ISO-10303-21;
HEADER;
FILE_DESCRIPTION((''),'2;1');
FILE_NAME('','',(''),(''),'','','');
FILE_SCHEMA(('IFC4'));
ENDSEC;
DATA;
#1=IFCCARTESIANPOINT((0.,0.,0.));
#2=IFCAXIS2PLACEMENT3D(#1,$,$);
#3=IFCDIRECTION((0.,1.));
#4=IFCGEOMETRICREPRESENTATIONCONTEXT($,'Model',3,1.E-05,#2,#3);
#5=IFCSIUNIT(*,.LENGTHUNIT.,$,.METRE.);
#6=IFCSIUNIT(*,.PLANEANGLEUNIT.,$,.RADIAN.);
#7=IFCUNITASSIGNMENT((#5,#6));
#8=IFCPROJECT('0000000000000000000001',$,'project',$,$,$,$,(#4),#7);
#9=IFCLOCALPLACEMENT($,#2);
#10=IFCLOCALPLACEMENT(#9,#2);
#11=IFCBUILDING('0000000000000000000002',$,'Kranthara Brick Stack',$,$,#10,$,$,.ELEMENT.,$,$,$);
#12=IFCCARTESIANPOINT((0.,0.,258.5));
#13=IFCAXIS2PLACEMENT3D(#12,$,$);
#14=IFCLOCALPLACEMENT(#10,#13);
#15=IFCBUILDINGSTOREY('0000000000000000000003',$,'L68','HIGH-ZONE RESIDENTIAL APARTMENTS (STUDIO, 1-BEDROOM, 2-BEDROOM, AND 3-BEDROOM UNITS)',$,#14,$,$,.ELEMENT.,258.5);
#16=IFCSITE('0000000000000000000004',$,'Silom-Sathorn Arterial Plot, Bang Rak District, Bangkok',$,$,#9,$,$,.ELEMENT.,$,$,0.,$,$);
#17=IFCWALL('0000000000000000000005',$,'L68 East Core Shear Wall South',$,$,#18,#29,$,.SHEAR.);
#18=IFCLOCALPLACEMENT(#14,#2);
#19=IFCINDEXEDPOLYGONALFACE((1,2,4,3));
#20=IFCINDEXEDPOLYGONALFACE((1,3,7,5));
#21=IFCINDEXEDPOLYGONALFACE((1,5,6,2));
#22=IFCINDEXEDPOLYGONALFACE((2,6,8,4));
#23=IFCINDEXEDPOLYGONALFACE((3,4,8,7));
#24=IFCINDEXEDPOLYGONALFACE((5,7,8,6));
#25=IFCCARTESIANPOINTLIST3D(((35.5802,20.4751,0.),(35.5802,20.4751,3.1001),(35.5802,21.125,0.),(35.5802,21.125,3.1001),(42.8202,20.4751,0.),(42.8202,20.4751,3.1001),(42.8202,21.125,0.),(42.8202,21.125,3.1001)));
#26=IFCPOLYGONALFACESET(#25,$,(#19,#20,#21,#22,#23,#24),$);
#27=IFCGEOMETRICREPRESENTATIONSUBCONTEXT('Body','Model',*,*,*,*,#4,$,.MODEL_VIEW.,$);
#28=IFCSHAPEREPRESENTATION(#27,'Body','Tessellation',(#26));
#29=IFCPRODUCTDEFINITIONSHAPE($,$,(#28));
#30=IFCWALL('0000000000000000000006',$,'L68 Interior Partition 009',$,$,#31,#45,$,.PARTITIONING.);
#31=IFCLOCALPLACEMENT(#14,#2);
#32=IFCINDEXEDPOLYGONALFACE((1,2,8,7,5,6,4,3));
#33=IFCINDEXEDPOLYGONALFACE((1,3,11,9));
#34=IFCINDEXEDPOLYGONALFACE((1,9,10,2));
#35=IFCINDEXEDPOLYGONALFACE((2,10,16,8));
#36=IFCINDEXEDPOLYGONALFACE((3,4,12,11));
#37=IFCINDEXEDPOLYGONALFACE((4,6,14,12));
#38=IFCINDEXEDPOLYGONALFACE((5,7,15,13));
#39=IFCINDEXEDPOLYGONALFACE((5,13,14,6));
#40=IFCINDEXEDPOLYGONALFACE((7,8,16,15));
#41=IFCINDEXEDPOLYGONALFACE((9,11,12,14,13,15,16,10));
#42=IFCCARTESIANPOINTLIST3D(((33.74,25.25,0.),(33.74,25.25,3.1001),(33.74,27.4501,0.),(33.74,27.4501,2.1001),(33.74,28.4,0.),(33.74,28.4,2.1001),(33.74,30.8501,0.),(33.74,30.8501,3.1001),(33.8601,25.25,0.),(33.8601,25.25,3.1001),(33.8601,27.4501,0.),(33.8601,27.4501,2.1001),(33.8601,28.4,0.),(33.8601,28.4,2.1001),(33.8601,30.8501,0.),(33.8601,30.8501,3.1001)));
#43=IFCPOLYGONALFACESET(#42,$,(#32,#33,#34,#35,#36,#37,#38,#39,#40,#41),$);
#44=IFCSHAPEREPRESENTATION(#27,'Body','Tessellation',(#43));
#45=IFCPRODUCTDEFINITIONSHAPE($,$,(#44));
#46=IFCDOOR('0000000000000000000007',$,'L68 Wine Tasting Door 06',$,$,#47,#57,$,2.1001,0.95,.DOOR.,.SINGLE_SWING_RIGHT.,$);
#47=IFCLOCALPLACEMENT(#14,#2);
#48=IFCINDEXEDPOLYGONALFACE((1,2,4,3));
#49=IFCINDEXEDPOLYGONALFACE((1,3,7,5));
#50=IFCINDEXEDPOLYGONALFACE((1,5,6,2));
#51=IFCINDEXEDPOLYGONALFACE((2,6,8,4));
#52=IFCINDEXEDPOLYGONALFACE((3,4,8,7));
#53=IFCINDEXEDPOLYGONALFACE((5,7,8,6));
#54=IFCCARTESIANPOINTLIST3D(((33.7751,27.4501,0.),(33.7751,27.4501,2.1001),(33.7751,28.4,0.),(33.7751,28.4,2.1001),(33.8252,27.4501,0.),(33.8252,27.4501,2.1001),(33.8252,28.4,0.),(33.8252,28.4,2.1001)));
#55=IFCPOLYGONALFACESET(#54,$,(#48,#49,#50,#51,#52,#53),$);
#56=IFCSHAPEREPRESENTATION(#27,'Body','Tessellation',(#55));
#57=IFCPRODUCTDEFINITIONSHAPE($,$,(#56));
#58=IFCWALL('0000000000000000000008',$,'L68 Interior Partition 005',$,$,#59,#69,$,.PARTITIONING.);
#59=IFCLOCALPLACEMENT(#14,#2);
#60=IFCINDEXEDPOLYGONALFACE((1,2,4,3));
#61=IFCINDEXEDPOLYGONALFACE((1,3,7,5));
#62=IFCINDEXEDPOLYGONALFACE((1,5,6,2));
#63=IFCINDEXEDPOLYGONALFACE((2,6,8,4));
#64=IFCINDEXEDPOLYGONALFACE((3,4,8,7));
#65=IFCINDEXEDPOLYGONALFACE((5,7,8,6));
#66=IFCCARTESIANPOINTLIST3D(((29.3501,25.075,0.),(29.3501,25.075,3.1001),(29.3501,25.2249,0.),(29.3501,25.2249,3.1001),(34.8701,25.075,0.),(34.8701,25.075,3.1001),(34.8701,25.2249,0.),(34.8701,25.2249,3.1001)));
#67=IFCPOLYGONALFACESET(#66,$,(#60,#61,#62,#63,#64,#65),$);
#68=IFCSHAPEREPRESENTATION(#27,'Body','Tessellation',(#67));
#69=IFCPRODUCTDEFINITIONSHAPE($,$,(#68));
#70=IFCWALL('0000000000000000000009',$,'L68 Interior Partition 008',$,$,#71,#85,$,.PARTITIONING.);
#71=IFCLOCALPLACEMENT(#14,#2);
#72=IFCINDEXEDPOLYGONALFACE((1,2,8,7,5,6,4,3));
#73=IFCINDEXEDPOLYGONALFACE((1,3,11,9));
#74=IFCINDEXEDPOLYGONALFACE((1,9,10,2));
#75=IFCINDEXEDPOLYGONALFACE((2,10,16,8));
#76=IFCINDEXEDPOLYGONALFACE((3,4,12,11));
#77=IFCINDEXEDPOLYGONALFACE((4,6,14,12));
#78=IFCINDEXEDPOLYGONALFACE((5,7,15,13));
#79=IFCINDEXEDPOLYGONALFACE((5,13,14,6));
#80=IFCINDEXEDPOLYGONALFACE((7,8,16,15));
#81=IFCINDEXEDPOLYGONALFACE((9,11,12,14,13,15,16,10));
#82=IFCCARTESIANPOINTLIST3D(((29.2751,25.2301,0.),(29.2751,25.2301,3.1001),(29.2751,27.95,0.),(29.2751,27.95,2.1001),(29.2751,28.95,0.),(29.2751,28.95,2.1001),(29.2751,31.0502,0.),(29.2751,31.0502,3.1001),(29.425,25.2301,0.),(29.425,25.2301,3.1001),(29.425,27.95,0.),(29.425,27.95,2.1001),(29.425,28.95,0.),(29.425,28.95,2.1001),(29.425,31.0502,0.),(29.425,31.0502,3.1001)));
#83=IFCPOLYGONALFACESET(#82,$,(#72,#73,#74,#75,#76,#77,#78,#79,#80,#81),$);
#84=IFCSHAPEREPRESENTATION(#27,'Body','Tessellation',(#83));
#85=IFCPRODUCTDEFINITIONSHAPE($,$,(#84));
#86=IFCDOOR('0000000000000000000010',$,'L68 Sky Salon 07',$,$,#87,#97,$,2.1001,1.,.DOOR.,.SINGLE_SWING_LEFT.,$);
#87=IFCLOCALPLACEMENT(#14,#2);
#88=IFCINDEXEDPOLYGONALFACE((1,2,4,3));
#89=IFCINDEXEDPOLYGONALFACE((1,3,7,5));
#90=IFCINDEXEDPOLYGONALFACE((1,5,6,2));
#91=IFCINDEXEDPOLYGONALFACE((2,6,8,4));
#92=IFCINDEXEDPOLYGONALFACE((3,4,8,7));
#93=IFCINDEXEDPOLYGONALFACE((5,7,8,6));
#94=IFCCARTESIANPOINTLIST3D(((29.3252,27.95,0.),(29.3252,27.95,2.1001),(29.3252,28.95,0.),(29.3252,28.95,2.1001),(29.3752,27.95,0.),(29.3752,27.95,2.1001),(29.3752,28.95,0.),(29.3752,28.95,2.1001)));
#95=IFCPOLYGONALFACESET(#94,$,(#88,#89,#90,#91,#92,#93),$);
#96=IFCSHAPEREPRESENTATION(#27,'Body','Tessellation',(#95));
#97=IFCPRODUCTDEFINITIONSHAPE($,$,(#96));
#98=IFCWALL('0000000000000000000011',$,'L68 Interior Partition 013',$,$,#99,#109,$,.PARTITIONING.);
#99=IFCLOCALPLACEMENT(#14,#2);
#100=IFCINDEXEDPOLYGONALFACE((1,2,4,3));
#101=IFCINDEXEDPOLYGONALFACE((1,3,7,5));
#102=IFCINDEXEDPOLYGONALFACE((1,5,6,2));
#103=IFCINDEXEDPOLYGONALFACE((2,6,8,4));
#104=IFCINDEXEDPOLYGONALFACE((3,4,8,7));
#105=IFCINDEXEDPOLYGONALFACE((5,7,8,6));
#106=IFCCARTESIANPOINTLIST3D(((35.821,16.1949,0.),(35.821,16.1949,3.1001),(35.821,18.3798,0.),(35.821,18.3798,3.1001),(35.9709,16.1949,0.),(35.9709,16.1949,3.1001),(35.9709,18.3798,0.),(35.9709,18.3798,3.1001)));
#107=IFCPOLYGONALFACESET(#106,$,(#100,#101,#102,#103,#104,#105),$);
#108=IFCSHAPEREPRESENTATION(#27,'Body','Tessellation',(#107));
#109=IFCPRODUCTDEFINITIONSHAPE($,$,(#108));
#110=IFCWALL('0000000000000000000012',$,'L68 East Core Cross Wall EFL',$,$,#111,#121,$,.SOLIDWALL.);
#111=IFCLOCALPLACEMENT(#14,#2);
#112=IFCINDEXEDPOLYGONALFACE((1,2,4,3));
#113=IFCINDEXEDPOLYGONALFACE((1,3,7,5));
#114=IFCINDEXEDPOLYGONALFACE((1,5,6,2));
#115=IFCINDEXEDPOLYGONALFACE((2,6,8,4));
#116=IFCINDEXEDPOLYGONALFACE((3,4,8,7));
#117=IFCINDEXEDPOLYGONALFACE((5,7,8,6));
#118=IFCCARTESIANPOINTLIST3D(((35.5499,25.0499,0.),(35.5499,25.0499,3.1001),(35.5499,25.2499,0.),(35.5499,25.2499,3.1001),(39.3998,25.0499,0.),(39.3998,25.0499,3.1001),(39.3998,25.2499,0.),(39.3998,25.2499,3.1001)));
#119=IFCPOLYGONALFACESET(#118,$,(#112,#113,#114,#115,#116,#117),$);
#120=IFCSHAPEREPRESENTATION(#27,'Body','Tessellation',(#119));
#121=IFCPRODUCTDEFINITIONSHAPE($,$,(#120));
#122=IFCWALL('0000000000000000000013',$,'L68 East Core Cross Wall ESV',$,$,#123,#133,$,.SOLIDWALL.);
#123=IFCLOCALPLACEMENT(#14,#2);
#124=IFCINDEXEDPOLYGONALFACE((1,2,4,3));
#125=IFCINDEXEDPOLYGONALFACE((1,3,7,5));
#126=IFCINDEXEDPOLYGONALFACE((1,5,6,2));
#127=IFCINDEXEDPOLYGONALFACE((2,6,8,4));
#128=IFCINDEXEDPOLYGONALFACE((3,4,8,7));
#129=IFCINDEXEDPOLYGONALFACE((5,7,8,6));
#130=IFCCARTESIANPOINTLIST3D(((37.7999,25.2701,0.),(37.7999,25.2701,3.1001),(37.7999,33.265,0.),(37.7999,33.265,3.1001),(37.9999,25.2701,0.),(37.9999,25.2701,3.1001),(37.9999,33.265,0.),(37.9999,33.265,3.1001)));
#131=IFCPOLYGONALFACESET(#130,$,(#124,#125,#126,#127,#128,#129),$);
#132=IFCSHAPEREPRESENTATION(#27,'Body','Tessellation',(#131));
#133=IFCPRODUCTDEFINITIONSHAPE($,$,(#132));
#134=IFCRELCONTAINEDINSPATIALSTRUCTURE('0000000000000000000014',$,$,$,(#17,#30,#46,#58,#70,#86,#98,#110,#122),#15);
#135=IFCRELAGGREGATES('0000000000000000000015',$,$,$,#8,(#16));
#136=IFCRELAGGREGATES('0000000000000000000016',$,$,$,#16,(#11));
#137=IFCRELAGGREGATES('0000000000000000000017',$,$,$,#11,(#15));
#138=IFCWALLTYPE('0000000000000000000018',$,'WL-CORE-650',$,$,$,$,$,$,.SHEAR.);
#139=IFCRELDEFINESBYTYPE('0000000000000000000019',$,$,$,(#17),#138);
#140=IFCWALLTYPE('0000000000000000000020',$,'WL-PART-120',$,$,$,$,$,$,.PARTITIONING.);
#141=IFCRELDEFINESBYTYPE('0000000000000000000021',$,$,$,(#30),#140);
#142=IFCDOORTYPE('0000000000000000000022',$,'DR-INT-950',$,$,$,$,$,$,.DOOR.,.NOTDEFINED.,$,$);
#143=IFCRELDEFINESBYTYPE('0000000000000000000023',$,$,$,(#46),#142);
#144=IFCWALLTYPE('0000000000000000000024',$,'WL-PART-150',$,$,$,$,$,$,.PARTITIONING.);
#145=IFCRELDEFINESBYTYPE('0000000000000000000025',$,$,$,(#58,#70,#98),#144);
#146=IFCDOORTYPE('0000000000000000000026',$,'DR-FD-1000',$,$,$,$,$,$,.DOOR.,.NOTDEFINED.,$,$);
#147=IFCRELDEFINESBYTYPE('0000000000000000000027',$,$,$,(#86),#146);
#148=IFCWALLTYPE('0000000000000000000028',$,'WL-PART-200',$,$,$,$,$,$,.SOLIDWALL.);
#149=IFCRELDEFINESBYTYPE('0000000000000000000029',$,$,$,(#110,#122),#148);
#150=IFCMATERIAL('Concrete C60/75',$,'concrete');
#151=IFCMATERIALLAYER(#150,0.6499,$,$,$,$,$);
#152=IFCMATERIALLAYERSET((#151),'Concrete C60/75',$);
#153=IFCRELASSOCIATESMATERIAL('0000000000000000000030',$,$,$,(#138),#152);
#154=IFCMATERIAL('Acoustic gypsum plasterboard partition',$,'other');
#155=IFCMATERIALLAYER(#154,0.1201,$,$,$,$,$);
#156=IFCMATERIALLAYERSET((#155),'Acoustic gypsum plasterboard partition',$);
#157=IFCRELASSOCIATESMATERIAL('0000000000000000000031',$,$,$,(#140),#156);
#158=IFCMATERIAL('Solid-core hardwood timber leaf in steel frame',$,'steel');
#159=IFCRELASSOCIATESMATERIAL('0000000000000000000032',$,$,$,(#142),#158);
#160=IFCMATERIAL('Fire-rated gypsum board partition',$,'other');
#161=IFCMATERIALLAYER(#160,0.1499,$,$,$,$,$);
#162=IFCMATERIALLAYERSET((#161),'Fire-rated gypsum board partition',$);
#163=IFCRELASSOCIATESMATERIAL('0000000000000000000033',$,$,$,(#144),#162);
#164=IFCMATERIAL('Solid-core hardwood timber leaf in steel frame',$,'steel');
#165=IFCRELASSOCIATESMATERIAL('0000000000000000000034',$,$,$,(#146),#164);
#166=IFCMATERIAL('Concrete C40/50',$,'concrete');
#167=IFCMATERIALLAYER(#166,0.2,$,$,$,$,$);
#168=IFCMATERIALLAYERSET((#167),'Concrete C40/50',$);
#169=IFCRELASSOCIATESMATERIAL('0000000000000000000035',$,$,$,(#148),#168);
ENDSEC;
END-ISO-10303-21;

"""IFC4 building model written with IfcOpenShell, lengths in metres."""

from ifc_helpers import new_model, si_unit, direction, frame, frame_2d, origin, place, context, subcontext, project, spatial, rectangle, extrude, material, layer, layer_set, type_object, element, fill, save


model = new_model("IFC4")

# Units and contexts
model_context = context("Model", 3, precision=1e-05, world=origin(), true_north=direction((0.0, 1.0)))
body_context = subcontext(model_context, "Body", "Model", "MODEL_VIEW")
ifc_project = project(units=[si_unit("LENGTHUNIT", "METRE"), si_unit("PLANEANGLEUNIT", "RADIAN")], contexts=[model_context])

# Site, building, storey
site_placement = place(None, origin())
site = spatial("IfcSite", under=ifc_project, at=site_placement, Name="Silom-Sathorn Arterial Plot, Bang Rak District, Bangkok", CompositionType="ELEMENT", RefElevation=0.0)
building_placement = place(site_placement, origin())
building = spatial("IfcBuilding", under=site, at=building_placement, Name="Kranthara Brick Stack", CompositionType="ELEMENT")
storey_placement = place(building_placement, frame((0.0, 0.0, 258.5)))
storey = spatial("IfcBuildingStorey", under=building, at=storey_placement, Name="L68", Description="HIGH-ZONE RESIDENTIAL APARTMENTS (STUDIO, 1-BEDROOM, 2-BEDROOM, AND 3-BEDROOM UNITS)", CompositionType="ELEMENT", Elevation=258.5)

# Wall
ifc_material_1 = material(Name="Concrete C60/75", Category="concrete")
ifc_layer_1 = layer(ifc_material_1, 0.6499)
ifc_layer_set_1 = layer_set([ifc_layer_1], Name="Concrete C60/75")
wall_type_1 = type_object("IfcWallType", Name="WL-CORE-650", PredefinedType="SHEAR", material=ifc_layer_set_1)
wall_1_placement = place(storey_placement, frame((35.5801, 20.8, 0.0), z_axis=(0.0, 0.0, 1.0), x_axis=(1.0, 0.0, 0.0)))
element("IfcWall", 1, at=wall_1_placement, inside=storey, type_object=wall_type_1, Name="L68 East Core Shear Wall South", PredefinedType="SHEAR", context=body_context, shape_type="SweptSolid", body=[
    extrude(rectangle(XDim=7.24, YDim=0.6499, at=frame_2d((3.6201, 0.0))), origin(), (0.0, 0.0, 1.0), 3.1001),
])

# Wall, opening, door
ifc_material_2 = material(Name="Acoustic gypsum plasterboard partition", Category="other")
ifc_layer_2 = layer(ifc_material_2, 0.1201)
ifc_layer_set_2 = layer_set([ifc_layer_2], Name="Acoustic gypsum plasterboard partition")
wall_type_2 = type_object("IfcWallType", Name="WL-PART-120", PredefinedType="PARTITIONING", material=ifc_layer_set_2)
wall_2_placement = place(storey_placement, frame((33.8, 25.25, 0.0), z_axis=(0.0, 0.0, 1.0), x_axis=(0.0, 1.0, 0.0)))
wall_2 = element("IfcWall", 2, at=wall_2_placement, inside=storey, type_object=wall_type_2, Name="L68 Interior Partition 009", PredefinedType="PARTITIONING", context=body_context, shape_type="SweptSolid", body=[
    extrude(rectangle(XDim=5.6001, YDim=0.1201, at=frame_2d((2.8, 0.0))), origin(), (0.0, 0.0, 1.0), 3.1001),
])
opening_1_placement = place(wall_2_placement, frame((2.2, 0.0, 0.0)))
opening_1 = element("IfcOpeningElement", 3, at=opening_1_placement, cuts=wall_2, PredefinedType="OPENING", context=body_context, shape_type="SweptSolid", body=[
    extrude(rectangle(XDim=0.95, YDim=2.1001, at=frame_2d((0.4751, 1.05))), frame((0.0, 0.0701, 0.0), z_axis=(0.0, -1.0, 0.0), x_axis=(1.0, 0.0, 0.0)), (0.0, 0.0, 1.0), 0.1401),
])
ifc_material_3 = material(Name="Solid-core hardwood timber leaf in steel frame", Category="steel")
door_type_1 = type_object("IfcDoorType", Name="DR-INT-950", OperationType="NOTDEFINED", PredefinedType="DOOR", material=ifc_material_3)
door_1_placement = place(opening_1_placement, origin())
door_1 = element("IfcDoor", 4, at=door_1_placement, inside=storey, type_object=door_type_1, Name="L68 Wine Tasting Door 06", OperationType="SINGLE_SWING_RIGHT", OverallHeight=2.1001, OverallWidth=0.95, PredefinedType="DOOR", context=body_context, shape_type="SweptSolid", body=[
    extrude(rectangle(XDim=0.95, YDim=2.1001, at=frame_2d((0.4751, 1.05))), frame((0.0, 0.0249, 0.0), z_axis=(0.0, -1.0, 0.0), x_axis=(1.0, 0.0, 0.0)), (0.0, 0.0, 1.0), 0.05),
])
fill(opening_1, door_1)

# Wall
ifc_material_4 = material(Name="Fire-rated gypsum board partition", Category="other")
ifc_layer_3 = layer(ifc_material_4, 0.1499)
ifc_layer_set_3 = layer_set([ifc_layer_3], Name="Fire-rated gypsum board partition")
wall_type_3 = type_object("IfcWallType", Name="WL-PART-150", PredefinedType="PARTITIONING", material=ifc_layer_set_3)
wall_3_placement = place(storey_placement, frame((29.3501, 25.1499, 0.0), z_axis=(0.0, 0.0, 1.0), x_axis=(1.0, 0.0, 0.0)))
element("IfcWall", 5, at=wall_3_placement, inside=storey, type_object=wall_type_3, Name="L68 Interior Partition 005", PredefinedType="PARTITIONING", context=body_context, shape_type="SweptSolid", body=[
    extrude(rectangle(XDim=5.52, YDim=0.1499, at=frame_2d((2.76, 0.0))), origin(), (0.0, 0.0, 1.0), 3.1001),
])

# Wall, opening, door
wall_4_placement = place(storey_placement, frame((29.3501, 25.23, 0.0), z_axis=(0.0, 0.0, 1.0), x_axis=(0.0, 1.0, 0.0)))
wall_4 = element("IfcWall", 6, at=wall_4_placement, inside=storey, type_object=wall_type_3, Name="L68 Interior Partition 008", PredefinedType="PARTITIONING", context=body_context, shape_type="SweptSolid", body=[
    extrude(rectangle(XDim=5.8201, YDim=0.1499, at=frame_2d((2.9102, 0.0))), origin(), (0.0, 0.0, 1.0), 3.1001),
])
opening_2_placement = place(wall_4_placement, frame((2.72, 0.0, 0.0)))
opening_2 = element("IfcOpeningElement", 7, at=opening_2_placement, cuts=wall_4, PredefinedType="OPENING", context=body_context, shape_type="SweptSolid", body=[
    extrude(rectangle(XDim=1.0, YDim=2.1001, at=frame_2d((0.5, 1.05))), frame((0.0, 0.085, 0.0), z_axis=(0.0, -1.0, 0.0), x_axis=(1.0, 0.0, 0.0)), (0.0, 0.0, 1.0), 0.1699),
])
ifc_material_5 = material(Name="Solid-core hardwood timber leaf in steel frame", Category="steel")
door_type_2 = type_object("IfcDoorType", Name="DR-FD-1000", OperationType="NOTDEFINED", PredefinedType="DOOR", material=ifc_material_5)
door_2_placement = place(opening_2_placement, origin())
door_2 = element("IfcDoor", 8, at=door_2_placement, inside=storey, type_object=door_type_2, Name="L68 Sky Salon 07", OperationType="SINGLE_SWING_LEFT", OverallHeight=2.1001, OverallWidth=1.0, PredefinedType="DOOR", context=body_context, shape_type="SweptSolid", body=[
    extrude(rectangle(XDim=1.0, YDim=2.1001, at=frame_2d((0.5, 1.05))), frame((0.0, 0.0249, 0.0), z_axis=(0.0, -1.0, 0.0), x_axis=(1.0, 0.0, 0.0)), (0.0, 0.0, 1.0), 0.05),
])
fill(opening_2, door_2)

# Walls
wall_5_placement = place(storey_placement, frame((35.896, 16.1951, 0.0), z_axis=(0.0, 0.0, 1.0), x_axis=(0.0, 1.0, 0.0)))
element("IfcWall", 9, at=wall_5_placement, inside=storey, type_object=wall_type_3, Name="L68 Interior Partition 013", PredefinedType="PARTITIONING", context=body_context, shape_type="SweptSolid", body=[
    extrude(rectangle(XDim=2.1848, YDim=0.1499, at=frame_2d((1.0923, 0.0))), origin(), (0.0, 0.0, 1.0), 3.1001),
])
ifc_material_6 = material(Name="Concrete C40/50", Category="concrete")
ifc_layer_4 = layer(ifc_material_6, 0.2)
ifc_layer_set_4 = layer_set([ifc_layer_4], Name="Concrete C40/50")
wall_type_4 = type_object("IfcWallType", Name="WL-PART-200", PredefinedType="SOLIDWALL", material=ifc_layer_set_4)
wall_6_placement = place(storey_placement, frame((35.55, 25.1499, 0.0), z_axis=(0.0, 0.0, 1.0), x_axis=(1.0, 0.0, 0.0)))
element("IfcWall", 10, at=wall_6_placement, inside=storey, type_object=wall_type_4, Name="L68 East Core Cross Wall EFL", PredefinedType="SOLIDWALL", context=body_context, shape_type="SweptSolid", body=[
    extrude(rectangle(XDim=3.8499, YDim=0.2, at=frame_2d((1.9248, 0.0))), origin(), (0.0, 0.0, 1.0), 3.1001),
])
wall_7_placement = place(storey_placement, frame((37.8999, 25.27, 0.0), z_axis=(0.0, 0.0, 1.0), x_axis=(0.0, 1.0, 0.0)))
element("IfcWall", 11, at=wall_7_placement, inside=storey, type_object=wall_type_4, Name="L68 East Core Cross Wall ESV", PredefinedType="SOLIDWALL", context=body_context, shape_type="SweptSolid", body=[
    extrude(rectangle(XDim=7.9949, YDim=0.2, at=frame_2d((3.9976, 0.0))), origin(), (0.0, 0.0, 1.0), 3.1001),
])

save(model, "model.ifc")
